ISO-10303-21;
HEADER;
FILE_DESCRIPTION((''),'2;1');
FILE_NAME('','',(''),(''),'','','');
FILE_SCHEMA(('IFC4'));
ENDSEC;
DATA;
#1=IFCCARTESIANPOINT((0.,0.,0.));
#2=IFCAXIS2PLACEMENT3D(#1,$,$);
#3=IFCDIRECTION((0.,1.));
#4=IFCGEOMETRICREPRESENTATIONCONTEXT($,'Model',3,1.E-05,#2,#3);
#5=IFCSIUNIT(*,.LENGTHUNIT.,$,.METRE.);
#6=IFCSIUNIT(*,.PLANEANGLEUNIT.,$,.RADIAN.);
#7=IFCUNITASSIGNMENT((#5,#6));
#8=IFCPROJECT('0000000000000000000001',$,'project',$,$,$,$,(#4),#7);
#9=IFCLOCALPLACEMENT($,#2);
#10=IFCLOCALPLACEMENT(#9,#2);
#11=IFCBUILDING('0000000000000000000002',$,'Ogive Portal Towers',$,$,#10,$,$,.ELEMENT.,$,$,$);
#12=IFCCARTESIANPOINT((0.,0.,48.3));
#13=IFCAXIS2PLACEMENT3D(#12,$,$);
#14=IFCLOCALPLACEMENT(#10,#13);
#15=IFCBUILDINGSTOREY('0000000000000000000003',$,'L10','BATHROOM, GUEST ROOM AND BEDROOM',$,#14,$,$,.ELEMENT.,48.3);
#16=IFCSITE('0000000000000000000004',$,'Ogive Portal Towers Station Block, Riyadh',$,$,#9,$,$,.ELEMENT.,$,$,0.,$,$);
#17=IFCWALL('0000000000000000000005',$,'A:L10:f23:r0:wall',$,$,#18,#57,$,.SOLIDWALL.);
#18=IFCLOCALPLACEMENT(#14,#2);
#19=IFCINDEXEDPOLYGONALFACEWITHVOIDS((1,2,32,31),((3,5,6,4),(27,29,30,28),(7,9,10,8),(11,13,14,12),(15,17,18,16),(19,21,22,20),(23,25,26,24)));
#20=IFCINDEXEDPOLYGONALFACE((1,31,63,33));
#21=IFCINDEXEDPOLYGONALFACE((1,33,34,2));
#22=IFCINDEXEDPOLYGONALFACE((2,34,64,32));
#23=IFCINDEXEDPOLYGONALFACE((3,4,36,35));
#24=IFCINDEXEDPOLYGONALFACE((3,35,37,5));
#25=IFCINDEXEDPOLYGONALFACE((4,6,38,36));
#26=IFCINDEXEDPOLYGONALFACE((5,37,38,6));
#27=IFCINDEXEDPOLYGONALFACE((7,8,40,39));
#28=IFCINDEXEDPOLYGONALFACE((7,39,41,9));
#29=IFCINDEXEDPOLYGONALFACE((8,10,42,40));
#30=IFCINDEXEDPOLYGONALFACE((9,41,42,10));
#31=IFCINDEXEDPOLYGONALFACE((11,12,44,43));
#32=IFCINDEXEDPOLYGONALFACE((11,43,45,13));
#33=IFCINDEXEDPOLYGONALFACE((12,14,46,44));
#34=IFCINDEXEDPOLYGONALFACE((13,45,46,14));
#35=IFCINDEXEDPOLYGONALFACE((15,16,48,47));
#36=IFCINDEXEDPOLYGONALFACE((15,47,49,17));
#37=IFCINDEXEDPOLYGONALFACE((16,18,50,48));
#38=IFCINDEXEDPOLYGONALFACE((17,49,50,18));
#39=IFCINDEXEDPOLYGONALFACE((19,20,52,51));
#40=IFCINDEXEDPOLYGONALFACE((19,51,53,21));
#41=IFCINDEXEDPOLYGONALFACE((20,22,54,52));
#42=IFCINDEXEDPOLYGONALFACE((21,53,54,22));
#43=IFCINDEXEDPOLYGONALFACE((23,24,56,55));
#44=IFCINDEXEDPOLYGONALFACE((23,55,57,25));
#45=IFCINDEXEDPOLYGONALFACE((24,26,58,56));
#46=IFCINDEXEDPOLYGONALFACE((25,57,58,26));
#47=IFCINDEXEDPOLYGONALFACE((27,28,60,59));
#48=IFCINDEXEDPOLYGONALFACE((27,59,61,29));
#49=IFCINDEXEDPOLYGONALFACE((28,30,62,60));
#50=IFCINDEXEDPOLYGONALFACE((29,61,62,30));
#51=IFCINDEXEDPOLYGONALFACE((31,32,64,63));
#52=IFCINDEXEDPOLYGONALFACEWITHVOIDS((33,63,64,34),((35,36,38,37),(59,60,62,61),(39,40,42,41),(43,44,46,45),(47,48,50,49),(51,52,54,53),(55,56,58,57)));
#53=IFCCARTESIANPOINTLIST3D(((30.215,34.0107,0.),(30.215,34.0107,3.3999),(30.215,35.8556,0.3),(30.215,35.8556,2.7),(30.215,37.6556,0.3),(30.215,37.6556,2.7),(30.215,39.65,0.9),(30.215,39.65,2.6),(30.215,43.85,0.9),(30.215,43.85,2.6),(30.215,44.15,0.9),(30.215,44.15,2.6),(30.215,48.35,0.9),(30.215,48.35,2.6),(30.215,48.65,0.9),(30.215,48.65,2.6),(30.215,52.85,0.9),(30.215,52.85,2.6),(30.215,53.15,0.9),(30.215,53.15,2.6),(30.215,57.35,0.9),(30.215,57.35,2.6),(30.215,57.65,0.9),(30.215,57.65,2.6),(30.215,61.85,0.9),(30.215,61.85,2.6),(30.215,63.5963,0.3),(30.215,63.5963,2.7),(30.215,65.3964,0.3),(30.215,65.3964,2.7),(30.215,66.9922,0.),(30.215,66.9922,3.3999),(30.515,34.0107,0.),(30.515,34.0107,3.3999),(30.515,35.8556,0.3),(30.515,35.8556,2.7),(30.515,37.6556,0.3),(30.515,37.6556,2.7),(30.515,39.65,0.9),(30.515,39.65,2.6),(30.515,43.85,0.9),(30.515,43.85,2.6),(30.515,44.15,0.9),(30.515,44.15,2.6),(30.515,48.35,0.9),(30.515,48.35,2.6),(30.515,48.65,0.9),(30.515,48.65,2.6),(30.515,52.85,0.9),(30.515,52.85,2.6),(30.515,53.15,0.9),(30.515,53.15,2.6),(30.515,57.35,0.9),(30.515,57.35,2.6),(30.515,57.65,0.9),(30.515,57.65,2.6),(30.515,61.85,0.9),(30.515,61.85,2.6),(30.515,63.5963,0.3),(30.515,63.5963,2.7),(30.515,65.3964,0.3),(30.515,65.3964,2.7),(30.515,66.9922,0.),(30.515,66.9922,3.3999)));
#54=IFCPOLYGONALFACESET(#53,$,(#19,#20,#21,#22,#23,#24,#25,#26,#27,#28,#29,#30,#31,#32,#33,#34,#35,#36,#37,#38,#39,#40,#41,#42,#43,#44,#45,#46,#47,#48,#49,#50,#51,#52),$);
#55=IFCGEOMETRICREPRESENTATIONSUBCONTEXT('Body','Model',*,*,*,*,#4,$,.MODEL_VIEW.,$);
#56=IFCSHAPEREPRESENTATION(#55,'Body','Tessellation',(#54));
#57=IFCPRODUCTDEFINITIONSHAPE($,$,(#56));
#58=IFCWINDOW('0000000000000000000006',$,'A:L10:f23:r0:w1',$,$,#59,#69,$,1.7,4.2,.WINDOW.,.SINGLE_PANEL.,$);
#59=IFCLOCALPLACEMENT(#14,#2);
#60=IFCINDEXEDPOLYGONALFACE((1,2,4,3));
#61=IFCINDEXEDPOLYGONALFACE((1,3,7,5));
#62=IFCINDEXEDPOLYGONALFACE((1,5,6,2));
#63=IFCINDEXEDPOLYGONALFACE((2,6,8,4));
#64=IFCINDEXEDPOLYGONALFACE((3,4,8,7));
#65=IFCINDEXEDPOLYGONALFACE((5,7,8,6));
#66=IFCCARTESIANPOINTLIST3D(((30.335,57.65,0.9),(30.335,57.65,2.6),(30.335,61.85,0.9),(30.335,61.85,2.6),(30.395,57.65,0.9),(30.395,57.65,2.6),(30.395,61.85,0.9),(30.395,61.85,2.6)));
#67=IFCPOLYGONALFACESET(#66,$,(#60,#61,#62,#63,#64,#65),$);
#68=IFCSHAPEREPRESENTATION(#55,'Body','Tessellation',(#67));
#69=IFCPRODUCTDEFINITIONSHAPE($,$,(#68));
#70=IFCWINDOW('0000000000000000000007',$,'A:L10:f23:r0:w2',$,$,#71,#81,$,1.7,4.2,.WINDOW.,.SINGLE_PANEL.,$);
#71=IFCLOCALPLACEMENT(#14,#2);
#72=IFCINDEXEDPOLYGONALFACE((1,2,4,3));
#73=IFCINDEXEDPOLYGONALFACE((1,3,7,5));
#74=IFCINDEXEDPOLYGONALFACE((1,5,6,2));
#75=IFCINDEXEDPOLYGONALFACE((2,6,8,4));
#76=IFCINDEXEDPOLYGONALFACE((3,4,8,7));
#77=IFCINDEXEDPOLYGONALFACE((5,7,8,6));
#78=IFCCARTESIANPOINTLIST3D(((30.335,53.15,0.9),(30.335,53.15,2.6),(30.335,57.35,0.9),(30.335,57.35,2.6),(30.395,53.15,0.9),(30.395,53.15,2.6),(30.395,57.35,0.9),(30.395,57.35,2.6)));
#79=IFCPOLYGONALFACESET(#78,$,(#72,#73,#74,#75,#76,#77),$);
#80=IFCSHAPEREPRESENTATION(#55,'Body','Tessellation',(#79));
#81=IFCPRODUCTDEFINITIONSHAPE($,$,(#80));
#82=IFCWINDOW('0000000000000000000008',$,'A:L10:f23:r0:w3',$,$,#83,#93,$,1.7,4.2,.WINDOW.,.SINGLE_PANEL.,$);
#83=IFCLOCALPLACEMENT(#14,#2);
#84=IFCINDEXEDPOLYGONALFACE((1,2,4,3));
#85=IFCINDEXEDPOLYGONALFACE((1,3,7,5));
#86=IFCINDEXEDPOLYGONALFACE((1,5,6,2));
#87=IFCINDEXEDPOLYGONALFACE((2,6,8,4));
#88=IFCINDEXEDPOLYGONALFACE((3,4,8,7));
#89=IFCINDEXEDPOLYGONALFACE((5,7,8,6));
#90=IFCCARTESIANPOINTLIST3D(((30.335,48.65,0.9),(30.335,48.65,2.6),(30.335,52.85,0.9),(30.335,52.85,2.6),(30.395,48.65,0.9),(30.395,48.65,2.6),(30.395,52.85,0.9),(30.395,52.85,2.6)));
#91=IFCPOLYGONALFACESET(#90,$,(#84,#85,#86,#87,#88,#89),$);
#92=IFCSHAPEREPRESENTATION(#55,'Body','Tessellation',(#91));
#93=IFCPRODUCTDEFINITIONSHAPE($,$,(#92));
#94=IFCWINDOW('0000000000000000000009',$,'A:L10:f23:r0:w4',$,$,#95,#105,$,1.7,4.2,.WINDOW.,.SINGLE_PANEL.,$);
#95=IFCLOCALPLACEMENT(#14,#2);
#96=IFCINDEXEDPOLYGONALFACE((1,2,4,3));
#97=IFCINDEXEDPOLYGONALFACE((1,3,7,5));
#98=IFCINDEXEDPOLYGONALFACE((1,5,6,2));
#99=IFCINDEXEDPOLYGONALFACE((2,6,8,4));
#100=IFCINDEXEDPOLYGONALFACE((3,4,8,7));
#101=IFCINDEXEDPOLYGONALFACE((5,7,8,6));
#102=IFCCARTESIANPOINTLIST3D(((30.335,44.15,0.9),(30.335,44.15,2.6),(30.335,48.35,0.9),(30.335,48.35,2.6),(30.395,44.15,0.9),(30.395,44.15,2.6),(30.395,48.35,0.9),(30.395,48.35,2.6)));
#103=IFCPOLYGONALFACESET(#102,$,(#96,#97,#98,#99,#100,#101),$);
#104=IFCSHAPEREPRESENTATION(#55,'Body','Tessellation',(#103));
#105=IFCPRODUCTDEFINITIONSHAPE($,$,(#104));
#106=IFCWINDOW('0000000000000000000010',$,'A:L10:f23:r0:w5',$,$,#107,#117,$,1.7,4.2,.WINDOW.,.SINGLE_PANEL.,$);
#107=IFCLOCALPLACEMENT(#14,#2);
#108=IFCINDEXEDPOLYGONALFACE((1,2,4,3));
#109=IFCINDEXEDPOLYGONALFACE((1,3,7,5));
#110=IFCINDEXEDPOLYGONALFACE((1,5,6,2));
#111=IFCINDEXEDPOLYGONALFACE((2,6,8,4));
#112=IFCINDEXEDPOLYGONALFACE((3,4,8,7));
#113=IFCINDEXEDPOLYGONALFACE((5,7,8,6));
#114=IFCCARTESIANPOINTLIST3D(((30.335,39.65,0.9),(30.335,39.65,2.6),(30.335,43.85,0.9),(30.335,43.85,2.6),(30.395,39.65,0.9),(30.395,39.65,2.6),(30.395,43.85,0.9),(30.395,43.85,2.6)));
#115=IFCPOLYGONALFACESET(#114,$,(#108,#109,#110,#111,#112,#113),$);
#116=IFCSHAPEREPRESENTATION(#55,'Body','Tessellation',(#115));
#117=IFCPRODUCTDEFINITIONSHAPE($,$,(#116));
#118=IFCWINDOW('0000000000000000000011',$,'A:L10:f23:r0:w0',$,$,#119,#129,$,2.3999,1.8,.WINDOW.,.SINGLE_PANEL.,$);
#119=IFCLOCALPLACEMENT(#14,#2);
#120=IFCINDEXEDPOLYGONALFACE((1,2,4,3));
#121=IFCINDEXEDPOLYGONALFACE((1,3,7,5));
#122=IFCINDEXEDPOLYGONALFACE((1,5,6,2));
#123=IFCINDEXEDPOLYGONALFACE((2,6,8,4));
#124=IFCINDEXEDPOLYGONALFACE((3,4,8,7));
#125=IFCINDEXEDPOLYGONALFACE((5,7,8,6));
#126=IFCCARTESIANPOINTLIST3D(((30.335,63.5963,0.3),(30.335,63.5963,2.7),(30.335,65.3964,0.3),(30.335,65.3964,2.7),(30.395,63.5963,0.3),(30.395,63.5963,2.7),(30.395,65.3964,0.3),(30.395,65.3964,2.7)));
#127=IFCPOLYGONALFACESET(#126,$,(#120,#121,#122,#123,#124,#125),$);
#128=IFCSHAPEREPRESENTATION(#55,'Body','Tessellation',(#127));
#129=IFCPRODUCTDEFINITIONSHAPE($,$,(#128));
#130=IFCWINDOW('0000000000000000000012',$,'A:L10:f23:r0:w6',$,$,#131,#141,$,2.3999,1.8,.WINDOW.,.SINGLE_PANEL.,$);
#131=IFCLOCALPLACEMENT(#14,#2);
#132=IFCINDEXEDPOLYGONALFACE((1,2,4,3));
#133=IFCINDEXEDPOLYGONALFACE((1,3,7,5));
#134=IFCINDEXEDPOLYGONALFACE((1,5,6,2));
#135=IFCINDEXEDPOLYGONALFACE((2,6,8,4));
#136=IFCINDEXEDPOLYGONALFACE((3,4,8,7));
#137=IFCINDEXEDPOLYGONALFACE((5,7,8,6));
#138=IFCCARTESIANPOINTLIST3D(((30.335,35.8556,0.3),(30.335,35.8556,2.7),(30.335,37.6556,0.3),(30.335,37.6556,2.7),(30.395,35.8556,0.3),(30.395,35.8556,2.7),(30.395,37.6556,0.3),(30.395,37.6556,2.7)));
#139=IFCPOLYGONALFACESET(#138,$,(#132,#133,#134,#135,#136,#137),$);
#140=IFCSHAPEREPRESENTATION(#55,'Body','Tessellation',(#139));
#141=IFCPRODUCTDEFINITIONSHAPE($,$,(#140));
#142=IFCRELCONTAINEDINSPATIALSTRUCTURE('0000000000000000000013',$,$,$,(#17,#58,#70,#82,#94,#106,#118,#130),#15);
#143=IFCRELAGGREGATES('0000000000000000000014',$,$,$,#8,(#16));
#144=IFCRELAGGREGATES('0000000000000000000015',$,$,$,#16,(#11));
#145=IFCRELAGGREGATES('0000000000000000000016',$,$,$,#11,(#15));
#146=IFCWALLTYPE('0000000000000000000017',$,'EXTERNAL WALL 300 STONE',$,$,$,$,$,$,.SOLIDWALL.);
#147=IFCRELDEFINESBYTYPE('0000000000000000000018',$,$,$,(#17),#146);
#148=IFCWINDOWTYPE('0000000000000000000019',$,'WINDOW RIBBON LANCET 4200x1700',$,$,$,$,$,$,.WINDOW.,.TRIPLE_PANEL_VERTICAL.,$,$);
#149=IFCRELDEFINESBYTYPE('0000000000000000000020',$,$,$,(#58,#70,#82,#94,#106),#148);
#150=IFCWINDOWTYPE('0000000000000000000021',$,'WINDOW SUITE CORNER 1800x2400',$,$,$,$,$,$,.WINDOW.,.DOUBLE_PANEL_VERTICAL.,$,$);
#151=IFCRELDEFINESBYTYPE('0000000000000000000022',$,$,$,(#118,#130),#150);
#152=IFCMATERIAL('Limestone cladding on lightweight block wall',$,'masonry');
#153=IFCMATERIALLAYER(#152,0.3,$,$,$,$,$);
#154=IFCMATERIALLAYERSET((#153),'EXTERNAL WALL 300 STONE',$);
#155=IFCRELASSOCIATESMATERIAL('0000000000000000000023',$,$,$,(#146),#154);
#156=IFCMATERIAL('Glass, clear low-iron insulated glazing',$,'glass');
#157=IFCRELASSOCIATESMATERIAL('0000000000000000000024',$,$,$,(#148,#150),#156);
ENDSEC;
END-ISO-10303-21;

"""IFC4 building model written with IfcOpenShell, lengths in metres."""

from ifc_helpers import new_model, si_unit, direction, frame, frame_2d, origin, place, context, subcontext, project, spatial, rectangle, extrude, material, layer, layer_set, type_object, element, fill, save


model = new_model("IFC4")

# Units and contexts
model_context = context("Model", 3, precision=1e-05, world=origin(), true_north=direction((0.0, 1.0)))
body_context = subcontext(model_context, "Body", "Model", "MODEL_VIEW")
ifc_project = project(units=[si_unit("LENGTHUNIT", "METRE"), si_unit("PLANEANGLEUNIT", "RADIAN")], contexts=[model_context])

# Site, building, storey
site_placement = place(None, origin())
site = spatial("IfcSite", under=ifc_project, at=site_placement, Name="Ogive Portal Towers Station Block, Riyadh", CompositionType="ELEMENT", RefElevation=0.0)
building_placement = place(site_placement, origin())
building = spatial("IfcBuilding", under=site, at=building_placement, Name="Ogive Portal Towers", CompositionType="ELEMENT")
storey_placement = place(building_placement, frame((0.0, 0.0, 48.3)))
storey = spatial("IfcBuildingStorey", under=building, at=storey_placement, Name="L10", Description="BATHROOM, GUEST ROOM AND BEDROOM", CompositionType="ELEMENT", Elevation=48.3)

# Shared definitions
ifc_material_1 = material(Name="Glass, clear low-iron insulated glazing", Category="glass")

# Wall, openings, windows
ifc_material_2 = material(Name="Limestone cladding on lightweight block wall", Category="masonry")
ifc_layer_1 = layer(ifc_material_2, 0.3)
ifc_layer_set_1 = layer_set([ifc_layer_1], Name="EXTERNAL WALL 300 STONE")
wall_type_1 = type_object("IfcWallType", Name="EXTERNAL WALL 300 STONE", PredefinedType="SOLIDWALL", material=ifc_layer_set_1)
wall_1_placement = place(storey_placement, frame((30.365, 66.9922, 0.0), z_axis=(0.0, 0.0, 1.0), x_axis=(0.0, -1.0, 0.0)))
wall_1 = element("IfcWall", 1, at=wall_1_placement, inside=storey, type_object=wall_type_1, Name="A:L10:f23:r0:wall", PredefinedType="SOLIDWALL", context=body_context, shape_type="SweptSolid", body=[
    extrude(rectangle(XDim=32.9814, YDim=0.3, at=frame_2d((16.4907, 0.0))), origin(), (0.0, 0.0, 1.0), 3.3999),
])
opening_1_placement = place(wall_1_placement, frame((1.5959, 0.0, 0.3)))
opening_1 = element("IfcOpeningElement", 2, at=opening_1_placement, cuts=wall_1, PredefinedType="OPENING", context=body_context, shape_type="SweptSolid", body=[
    extrude(rectangle(XDim=1.8, YDim=2.3999, at=frame_2d((0.8999, 1.2))), frame((0.0, 0.1602, 0.0), z_axis=(0.0, -1.0, 0.0), x_axis=(1.0, 0.0, 0.0)), (0.0, 0.0, 1.0), 0.3201),
])
opening_2_placement = place(wall_1_placement, frame((5.1421, 0.0, 0.8999)))
opening_2 = element("IfcOpeningElement", 3, at=opening_2_placement, cuts=wall_1, PredefinedType="OPENING", context=body_context, shape_type="SweptSolid", body=[
    extrude(rectangle(XDim=4.2, YDim=1.7, at=frame_2d((2.1001, 0.8501))), frame((0.0, 0.1602, 0.0), z_axis=(0.0, -1.0, 0.0), x_axis=(1.0, 0.0, 0.0)), (0.0, 0.0, 1.0), 0.3201),
])
opening_3_placement = place(wall_1_placement, frame((9.6421, 0.0, 0.8999)))
opening_3 = element("IfcOpeningElement", 4, at=opening_3_placement, cuts=wall_1, PredefinedType="OPENING", context=body_context, shape_type="SweptSolid", body=[
    extrude(rectangle(XDim=4.2, YDim=1.7, at=frame_2d((2.1001, 0.8501))), frame((0.0, 0.1602, 0.0), z_axis=(0.0, -1.0, 0.0), x_axis=(1.0, 0.0, 0.0)), (0.0, 0.0, 1.0), 0.3201),
])
opening_4_placement = place(wall_1_placement, frame((14.1421, 0.0, 0.8999)))
opening_4 = element("IfcOpeningElement", 5, at=opening_4_placement, cuts=wall_1, PredefinedType="OPENING", context=body_context, shape_type="SweptSolid", body=[
    extrude(rectangle(XDim=4.2, YDim=1.7, at=frame_2d((2.1001, 0.8501))), frame((0.0, 0.1602, 0.0), z_axis=(0.0, -1.0, 0.0), x_axis=(1.0, 0.0, 0.0)), (0.0, 0.0, 1.0), 0.3201),
])
opening_5_placement = place(wall_1_placement, frame((18.6421, 0.0, 0.8999)))
opening_5 = element("IfcOpeningElement", 6, at=opening_5_placement, cuts=wall_1, PredefinedType="OPENING", context=body_context, shape_type="SweptSolid", body=[
    extrude(rectangle(XDim=4.2, YDim=1.7, at=frame_2d((2.1001, 0.8501))), frame((0.0, 0.1602, 0.0), z_axis=(0.0, -1.0, 0.0), x_axis=(1.0, 0.0, 0.0)), (0.0, 0.0, 1.0), 0.3201),
])
opening_6_placement = place(wall_1_placement, frame((23.1421, 0.0, 0.8999)))
opening_6 = element("IfcOpeningElement", 7, at=opening_6_placement, cuts=wall_1, PredefinedType="OPENING", context=body_context, shape_type="SweptSolid", body=[
    extrude(rectangle(XDim=4.2, YDim=1.7, at=frame_2d((2.1001, 0.8501))), frame((0.0, 0.1602, 0.0), z_axis=(0.0, -1.0, 0.0), x_axis=(1.0, 0.0, 0.0)), (0.0, 0.0, 1.0), 0.3201),
])
opening_7_placement = place(wall_1_placement, frame((29.3367, 0.0, 0.3)))
opening_7 = element("IfcOpeningElement", 8, at=opening_7_placement, cuts=wall_1, PredefinedType="OPENING", context=body_context, shape_type="SweptSolid", body=[
    extrude(rectangle(XDim=1.8, YDim=2.3999, at=frame_2d((0.8999, 1.2))), frame((0.0, 0.1602, 0.0), z_axis=(0.0, -1.0, 0.0), x_axis=(1.0, 0.0, 0.0)), (0.0, 0.0, 1.0), 0.3201),
])
window_type_1 = type_object("IfcWindowType", Name="WINDOW RIBBON LANCET 4200x1700", PartitioningType="TRIPLE_PANEL_VERTICAL", PredefinedType="WINDOW", material=ifc_material_1)
window_1_placement = place(opening_2_placement, origin())
window_1 = element("IfcWindow", 9, at=window_1_placement, inside=storey, type_object=window_type_1, Name="A:L10:f23:r0:w1", OverallHeight=1.7, OverallWidth=4.2, PartitioningType="SINGLE_PANEL", PredefinedType="WINDOW", context=body_context, shape_type="SweptSolid", body=[
    extrude(rectangle(XDim=4.2, YDim=1.7, at=frame_2d((2.1001, 0.8501))), frame((0.0, 0.03, 0.0), z_axis=(0.0, -1.0, 0.0), x_axis=(1.0, 0.0, 0.0)), (0.0, 0.0, 1.0), 0.0601),
])
fill(opening_2, window_1)
window_2_placement = place(opening_3_placement, origin())
window_2 = element("IfcWindow", 10, at=window_2_placement, inside=storey, type_object=window_type_1, Name="A:L10:f23:r0:w2", OverallHeight=1.7, OverallWidth=4.2, PartitioningType="SINGLE_PANEL", PredefinedType="WINDOW", context=body_context, shape_type="SweptSolid", body=[
    extrude(rectangle(XDim=4.2, YDim=1.7, at=frame_2d((2.1001, 0.8501))), frame((0.0, 0.03, 0.0), z_axis=(0.0, -1.0, 0.0), x_axis=(1.0, 0.0, 0.0)), (0.0, 0.0, 1.0), 0.0601),
])
fill(opening_3, window_2)
window_3_placement = place(opening_4_placement, origin())
window_3 = element("IfcWindow", 11, at=window_3_placement, inside=storey, type_object=window_type_1, Name="A:L10:f23:r0:w3", OverallHeight=1.7, OverallWidth=4.2, PartitioningType="SINGLE_PANEL", PredefinedType="WINDOW", context=body_context, shape_type="SweptSolid", body=[
    extrude(rectangle(XDim=4.2, YDim=1.7, at=frame_2d((2.1001, 0.8501))), frame((0.0, 0.03, 0.0), z_axis=(0.0, -1.0, 0.0), x_axis=(1.0, 0.0, 0.0)), (0.0, 0.0, 1.0), 0.0601),
])
fill(opening_4, window_3)
window_4_placement = place(opening_5_placement, origin())
window_4 = element("IfcWindow", 12, at=window_4_placement, inside=storey, type_object=window_type_1, Name="A:L10:f23:r0:w4", OverallHeight=1.7, OverallWidth=4.2, PartitioningType="SINGLE_PANEL", PredefinedType="WINDOW", context=body_context, shape_type="SweptSolid", body=[
    extrude(rectangle(XDim=4.2, YDim=1.7, at=frame_2d((2.1001, 0.8501))), frame((0.0, 0.03, 0.0), z_axis=(0.0, -1.0, 0.0), x_axis=(1.0, 0.0, 0.0)), (0.0, 0.0, 1.0), 0.0601),
])
fill(opening_5, window_4)
window_5_placement = place(opening_6_placement, origin())
window_5 = element("IfcWindow", 13, at=window_5_placement, inside=storey, type_object=window_type_1, Name="A:L10:f23:r0:w5", OverallHeight=1.7, OverallWidth=4.2, PartitioningType="SINGLE_PANEL", PredefinedType="WINDOW", context=body_context, shape_type="SweptSolid", body=[
    extrude(rectangle(XDim=4.2, YDim=1.7, at=frame_2d((2.1001, 0.8501))), frame((0.0, 0.03, 0.0), z_axis=(0.0, -1.0, 0.0), x_axis=(1.0, 0.0, 0.0)), (0.0, 0.0, 1.0), 0.0601),
])
fill(opening_6, window_5)
window_type_2 = type_object("IfcWindowType", Name="WINDOW SUITE CORNER 1800x2400", PartitioningType="DOUBLE_PANEL_VERTICAL", PredefinedType="WINDOW", material=ifc_material_1)
window_6_placement = place(opening_1_placement, origin())
window_6 = element("IfcWindow", 14, at=window_6_placement, inside=storey, type_object=window_type_2, Name="A:L10:f23:r0:w0", OverallHeight=2.3999, OverallWidth=1.8, PartitioningType="SINGLE_PANEL", PredefinedType="WINDOW", context=body_context, shape_type="SweptSolid", body=[
    extrude(rectangle(XDim=1.8, YDim=2.3999, at=frame_2d((0.8999, 1.2))), frame((0.0, 0.03, 0.0), z_axis=(0.0, -1.0, 0.0), x_axis=(1.0, 0.0, 0.0)), (0.0, 0.0, 1.0), 0.0601),
])
fill(opening_1, window_6)
window_7_placement = place(opening_7_placement, origin())
window_7 = element("IfcWindow", 15, at=window_7_placement, inside=storey, type_object=window_type_2, Name="A:L10:f23:r0:w6", OverallHeight=2.3999, OverallWidth=1.8, PartitioningType="SINGLE_PANEL", PredefinedType="WINDOW", context=body_context, shape_type="SweptSolid", body=[
    extrude(rectangle(XDim=1.8, YDim=2.3999, at=frame_2d((0.8999, 1.2))), frame((0.0, 0.03, 0.0), z_axis=(0.0, -1.0, 0.0), x_axis=(1.0, 0.0, 0.0)), (0.0, 0.0, 1.0), 0.0601),
])
fill(opening_7, window_7)

save(model, "model.ifc")
